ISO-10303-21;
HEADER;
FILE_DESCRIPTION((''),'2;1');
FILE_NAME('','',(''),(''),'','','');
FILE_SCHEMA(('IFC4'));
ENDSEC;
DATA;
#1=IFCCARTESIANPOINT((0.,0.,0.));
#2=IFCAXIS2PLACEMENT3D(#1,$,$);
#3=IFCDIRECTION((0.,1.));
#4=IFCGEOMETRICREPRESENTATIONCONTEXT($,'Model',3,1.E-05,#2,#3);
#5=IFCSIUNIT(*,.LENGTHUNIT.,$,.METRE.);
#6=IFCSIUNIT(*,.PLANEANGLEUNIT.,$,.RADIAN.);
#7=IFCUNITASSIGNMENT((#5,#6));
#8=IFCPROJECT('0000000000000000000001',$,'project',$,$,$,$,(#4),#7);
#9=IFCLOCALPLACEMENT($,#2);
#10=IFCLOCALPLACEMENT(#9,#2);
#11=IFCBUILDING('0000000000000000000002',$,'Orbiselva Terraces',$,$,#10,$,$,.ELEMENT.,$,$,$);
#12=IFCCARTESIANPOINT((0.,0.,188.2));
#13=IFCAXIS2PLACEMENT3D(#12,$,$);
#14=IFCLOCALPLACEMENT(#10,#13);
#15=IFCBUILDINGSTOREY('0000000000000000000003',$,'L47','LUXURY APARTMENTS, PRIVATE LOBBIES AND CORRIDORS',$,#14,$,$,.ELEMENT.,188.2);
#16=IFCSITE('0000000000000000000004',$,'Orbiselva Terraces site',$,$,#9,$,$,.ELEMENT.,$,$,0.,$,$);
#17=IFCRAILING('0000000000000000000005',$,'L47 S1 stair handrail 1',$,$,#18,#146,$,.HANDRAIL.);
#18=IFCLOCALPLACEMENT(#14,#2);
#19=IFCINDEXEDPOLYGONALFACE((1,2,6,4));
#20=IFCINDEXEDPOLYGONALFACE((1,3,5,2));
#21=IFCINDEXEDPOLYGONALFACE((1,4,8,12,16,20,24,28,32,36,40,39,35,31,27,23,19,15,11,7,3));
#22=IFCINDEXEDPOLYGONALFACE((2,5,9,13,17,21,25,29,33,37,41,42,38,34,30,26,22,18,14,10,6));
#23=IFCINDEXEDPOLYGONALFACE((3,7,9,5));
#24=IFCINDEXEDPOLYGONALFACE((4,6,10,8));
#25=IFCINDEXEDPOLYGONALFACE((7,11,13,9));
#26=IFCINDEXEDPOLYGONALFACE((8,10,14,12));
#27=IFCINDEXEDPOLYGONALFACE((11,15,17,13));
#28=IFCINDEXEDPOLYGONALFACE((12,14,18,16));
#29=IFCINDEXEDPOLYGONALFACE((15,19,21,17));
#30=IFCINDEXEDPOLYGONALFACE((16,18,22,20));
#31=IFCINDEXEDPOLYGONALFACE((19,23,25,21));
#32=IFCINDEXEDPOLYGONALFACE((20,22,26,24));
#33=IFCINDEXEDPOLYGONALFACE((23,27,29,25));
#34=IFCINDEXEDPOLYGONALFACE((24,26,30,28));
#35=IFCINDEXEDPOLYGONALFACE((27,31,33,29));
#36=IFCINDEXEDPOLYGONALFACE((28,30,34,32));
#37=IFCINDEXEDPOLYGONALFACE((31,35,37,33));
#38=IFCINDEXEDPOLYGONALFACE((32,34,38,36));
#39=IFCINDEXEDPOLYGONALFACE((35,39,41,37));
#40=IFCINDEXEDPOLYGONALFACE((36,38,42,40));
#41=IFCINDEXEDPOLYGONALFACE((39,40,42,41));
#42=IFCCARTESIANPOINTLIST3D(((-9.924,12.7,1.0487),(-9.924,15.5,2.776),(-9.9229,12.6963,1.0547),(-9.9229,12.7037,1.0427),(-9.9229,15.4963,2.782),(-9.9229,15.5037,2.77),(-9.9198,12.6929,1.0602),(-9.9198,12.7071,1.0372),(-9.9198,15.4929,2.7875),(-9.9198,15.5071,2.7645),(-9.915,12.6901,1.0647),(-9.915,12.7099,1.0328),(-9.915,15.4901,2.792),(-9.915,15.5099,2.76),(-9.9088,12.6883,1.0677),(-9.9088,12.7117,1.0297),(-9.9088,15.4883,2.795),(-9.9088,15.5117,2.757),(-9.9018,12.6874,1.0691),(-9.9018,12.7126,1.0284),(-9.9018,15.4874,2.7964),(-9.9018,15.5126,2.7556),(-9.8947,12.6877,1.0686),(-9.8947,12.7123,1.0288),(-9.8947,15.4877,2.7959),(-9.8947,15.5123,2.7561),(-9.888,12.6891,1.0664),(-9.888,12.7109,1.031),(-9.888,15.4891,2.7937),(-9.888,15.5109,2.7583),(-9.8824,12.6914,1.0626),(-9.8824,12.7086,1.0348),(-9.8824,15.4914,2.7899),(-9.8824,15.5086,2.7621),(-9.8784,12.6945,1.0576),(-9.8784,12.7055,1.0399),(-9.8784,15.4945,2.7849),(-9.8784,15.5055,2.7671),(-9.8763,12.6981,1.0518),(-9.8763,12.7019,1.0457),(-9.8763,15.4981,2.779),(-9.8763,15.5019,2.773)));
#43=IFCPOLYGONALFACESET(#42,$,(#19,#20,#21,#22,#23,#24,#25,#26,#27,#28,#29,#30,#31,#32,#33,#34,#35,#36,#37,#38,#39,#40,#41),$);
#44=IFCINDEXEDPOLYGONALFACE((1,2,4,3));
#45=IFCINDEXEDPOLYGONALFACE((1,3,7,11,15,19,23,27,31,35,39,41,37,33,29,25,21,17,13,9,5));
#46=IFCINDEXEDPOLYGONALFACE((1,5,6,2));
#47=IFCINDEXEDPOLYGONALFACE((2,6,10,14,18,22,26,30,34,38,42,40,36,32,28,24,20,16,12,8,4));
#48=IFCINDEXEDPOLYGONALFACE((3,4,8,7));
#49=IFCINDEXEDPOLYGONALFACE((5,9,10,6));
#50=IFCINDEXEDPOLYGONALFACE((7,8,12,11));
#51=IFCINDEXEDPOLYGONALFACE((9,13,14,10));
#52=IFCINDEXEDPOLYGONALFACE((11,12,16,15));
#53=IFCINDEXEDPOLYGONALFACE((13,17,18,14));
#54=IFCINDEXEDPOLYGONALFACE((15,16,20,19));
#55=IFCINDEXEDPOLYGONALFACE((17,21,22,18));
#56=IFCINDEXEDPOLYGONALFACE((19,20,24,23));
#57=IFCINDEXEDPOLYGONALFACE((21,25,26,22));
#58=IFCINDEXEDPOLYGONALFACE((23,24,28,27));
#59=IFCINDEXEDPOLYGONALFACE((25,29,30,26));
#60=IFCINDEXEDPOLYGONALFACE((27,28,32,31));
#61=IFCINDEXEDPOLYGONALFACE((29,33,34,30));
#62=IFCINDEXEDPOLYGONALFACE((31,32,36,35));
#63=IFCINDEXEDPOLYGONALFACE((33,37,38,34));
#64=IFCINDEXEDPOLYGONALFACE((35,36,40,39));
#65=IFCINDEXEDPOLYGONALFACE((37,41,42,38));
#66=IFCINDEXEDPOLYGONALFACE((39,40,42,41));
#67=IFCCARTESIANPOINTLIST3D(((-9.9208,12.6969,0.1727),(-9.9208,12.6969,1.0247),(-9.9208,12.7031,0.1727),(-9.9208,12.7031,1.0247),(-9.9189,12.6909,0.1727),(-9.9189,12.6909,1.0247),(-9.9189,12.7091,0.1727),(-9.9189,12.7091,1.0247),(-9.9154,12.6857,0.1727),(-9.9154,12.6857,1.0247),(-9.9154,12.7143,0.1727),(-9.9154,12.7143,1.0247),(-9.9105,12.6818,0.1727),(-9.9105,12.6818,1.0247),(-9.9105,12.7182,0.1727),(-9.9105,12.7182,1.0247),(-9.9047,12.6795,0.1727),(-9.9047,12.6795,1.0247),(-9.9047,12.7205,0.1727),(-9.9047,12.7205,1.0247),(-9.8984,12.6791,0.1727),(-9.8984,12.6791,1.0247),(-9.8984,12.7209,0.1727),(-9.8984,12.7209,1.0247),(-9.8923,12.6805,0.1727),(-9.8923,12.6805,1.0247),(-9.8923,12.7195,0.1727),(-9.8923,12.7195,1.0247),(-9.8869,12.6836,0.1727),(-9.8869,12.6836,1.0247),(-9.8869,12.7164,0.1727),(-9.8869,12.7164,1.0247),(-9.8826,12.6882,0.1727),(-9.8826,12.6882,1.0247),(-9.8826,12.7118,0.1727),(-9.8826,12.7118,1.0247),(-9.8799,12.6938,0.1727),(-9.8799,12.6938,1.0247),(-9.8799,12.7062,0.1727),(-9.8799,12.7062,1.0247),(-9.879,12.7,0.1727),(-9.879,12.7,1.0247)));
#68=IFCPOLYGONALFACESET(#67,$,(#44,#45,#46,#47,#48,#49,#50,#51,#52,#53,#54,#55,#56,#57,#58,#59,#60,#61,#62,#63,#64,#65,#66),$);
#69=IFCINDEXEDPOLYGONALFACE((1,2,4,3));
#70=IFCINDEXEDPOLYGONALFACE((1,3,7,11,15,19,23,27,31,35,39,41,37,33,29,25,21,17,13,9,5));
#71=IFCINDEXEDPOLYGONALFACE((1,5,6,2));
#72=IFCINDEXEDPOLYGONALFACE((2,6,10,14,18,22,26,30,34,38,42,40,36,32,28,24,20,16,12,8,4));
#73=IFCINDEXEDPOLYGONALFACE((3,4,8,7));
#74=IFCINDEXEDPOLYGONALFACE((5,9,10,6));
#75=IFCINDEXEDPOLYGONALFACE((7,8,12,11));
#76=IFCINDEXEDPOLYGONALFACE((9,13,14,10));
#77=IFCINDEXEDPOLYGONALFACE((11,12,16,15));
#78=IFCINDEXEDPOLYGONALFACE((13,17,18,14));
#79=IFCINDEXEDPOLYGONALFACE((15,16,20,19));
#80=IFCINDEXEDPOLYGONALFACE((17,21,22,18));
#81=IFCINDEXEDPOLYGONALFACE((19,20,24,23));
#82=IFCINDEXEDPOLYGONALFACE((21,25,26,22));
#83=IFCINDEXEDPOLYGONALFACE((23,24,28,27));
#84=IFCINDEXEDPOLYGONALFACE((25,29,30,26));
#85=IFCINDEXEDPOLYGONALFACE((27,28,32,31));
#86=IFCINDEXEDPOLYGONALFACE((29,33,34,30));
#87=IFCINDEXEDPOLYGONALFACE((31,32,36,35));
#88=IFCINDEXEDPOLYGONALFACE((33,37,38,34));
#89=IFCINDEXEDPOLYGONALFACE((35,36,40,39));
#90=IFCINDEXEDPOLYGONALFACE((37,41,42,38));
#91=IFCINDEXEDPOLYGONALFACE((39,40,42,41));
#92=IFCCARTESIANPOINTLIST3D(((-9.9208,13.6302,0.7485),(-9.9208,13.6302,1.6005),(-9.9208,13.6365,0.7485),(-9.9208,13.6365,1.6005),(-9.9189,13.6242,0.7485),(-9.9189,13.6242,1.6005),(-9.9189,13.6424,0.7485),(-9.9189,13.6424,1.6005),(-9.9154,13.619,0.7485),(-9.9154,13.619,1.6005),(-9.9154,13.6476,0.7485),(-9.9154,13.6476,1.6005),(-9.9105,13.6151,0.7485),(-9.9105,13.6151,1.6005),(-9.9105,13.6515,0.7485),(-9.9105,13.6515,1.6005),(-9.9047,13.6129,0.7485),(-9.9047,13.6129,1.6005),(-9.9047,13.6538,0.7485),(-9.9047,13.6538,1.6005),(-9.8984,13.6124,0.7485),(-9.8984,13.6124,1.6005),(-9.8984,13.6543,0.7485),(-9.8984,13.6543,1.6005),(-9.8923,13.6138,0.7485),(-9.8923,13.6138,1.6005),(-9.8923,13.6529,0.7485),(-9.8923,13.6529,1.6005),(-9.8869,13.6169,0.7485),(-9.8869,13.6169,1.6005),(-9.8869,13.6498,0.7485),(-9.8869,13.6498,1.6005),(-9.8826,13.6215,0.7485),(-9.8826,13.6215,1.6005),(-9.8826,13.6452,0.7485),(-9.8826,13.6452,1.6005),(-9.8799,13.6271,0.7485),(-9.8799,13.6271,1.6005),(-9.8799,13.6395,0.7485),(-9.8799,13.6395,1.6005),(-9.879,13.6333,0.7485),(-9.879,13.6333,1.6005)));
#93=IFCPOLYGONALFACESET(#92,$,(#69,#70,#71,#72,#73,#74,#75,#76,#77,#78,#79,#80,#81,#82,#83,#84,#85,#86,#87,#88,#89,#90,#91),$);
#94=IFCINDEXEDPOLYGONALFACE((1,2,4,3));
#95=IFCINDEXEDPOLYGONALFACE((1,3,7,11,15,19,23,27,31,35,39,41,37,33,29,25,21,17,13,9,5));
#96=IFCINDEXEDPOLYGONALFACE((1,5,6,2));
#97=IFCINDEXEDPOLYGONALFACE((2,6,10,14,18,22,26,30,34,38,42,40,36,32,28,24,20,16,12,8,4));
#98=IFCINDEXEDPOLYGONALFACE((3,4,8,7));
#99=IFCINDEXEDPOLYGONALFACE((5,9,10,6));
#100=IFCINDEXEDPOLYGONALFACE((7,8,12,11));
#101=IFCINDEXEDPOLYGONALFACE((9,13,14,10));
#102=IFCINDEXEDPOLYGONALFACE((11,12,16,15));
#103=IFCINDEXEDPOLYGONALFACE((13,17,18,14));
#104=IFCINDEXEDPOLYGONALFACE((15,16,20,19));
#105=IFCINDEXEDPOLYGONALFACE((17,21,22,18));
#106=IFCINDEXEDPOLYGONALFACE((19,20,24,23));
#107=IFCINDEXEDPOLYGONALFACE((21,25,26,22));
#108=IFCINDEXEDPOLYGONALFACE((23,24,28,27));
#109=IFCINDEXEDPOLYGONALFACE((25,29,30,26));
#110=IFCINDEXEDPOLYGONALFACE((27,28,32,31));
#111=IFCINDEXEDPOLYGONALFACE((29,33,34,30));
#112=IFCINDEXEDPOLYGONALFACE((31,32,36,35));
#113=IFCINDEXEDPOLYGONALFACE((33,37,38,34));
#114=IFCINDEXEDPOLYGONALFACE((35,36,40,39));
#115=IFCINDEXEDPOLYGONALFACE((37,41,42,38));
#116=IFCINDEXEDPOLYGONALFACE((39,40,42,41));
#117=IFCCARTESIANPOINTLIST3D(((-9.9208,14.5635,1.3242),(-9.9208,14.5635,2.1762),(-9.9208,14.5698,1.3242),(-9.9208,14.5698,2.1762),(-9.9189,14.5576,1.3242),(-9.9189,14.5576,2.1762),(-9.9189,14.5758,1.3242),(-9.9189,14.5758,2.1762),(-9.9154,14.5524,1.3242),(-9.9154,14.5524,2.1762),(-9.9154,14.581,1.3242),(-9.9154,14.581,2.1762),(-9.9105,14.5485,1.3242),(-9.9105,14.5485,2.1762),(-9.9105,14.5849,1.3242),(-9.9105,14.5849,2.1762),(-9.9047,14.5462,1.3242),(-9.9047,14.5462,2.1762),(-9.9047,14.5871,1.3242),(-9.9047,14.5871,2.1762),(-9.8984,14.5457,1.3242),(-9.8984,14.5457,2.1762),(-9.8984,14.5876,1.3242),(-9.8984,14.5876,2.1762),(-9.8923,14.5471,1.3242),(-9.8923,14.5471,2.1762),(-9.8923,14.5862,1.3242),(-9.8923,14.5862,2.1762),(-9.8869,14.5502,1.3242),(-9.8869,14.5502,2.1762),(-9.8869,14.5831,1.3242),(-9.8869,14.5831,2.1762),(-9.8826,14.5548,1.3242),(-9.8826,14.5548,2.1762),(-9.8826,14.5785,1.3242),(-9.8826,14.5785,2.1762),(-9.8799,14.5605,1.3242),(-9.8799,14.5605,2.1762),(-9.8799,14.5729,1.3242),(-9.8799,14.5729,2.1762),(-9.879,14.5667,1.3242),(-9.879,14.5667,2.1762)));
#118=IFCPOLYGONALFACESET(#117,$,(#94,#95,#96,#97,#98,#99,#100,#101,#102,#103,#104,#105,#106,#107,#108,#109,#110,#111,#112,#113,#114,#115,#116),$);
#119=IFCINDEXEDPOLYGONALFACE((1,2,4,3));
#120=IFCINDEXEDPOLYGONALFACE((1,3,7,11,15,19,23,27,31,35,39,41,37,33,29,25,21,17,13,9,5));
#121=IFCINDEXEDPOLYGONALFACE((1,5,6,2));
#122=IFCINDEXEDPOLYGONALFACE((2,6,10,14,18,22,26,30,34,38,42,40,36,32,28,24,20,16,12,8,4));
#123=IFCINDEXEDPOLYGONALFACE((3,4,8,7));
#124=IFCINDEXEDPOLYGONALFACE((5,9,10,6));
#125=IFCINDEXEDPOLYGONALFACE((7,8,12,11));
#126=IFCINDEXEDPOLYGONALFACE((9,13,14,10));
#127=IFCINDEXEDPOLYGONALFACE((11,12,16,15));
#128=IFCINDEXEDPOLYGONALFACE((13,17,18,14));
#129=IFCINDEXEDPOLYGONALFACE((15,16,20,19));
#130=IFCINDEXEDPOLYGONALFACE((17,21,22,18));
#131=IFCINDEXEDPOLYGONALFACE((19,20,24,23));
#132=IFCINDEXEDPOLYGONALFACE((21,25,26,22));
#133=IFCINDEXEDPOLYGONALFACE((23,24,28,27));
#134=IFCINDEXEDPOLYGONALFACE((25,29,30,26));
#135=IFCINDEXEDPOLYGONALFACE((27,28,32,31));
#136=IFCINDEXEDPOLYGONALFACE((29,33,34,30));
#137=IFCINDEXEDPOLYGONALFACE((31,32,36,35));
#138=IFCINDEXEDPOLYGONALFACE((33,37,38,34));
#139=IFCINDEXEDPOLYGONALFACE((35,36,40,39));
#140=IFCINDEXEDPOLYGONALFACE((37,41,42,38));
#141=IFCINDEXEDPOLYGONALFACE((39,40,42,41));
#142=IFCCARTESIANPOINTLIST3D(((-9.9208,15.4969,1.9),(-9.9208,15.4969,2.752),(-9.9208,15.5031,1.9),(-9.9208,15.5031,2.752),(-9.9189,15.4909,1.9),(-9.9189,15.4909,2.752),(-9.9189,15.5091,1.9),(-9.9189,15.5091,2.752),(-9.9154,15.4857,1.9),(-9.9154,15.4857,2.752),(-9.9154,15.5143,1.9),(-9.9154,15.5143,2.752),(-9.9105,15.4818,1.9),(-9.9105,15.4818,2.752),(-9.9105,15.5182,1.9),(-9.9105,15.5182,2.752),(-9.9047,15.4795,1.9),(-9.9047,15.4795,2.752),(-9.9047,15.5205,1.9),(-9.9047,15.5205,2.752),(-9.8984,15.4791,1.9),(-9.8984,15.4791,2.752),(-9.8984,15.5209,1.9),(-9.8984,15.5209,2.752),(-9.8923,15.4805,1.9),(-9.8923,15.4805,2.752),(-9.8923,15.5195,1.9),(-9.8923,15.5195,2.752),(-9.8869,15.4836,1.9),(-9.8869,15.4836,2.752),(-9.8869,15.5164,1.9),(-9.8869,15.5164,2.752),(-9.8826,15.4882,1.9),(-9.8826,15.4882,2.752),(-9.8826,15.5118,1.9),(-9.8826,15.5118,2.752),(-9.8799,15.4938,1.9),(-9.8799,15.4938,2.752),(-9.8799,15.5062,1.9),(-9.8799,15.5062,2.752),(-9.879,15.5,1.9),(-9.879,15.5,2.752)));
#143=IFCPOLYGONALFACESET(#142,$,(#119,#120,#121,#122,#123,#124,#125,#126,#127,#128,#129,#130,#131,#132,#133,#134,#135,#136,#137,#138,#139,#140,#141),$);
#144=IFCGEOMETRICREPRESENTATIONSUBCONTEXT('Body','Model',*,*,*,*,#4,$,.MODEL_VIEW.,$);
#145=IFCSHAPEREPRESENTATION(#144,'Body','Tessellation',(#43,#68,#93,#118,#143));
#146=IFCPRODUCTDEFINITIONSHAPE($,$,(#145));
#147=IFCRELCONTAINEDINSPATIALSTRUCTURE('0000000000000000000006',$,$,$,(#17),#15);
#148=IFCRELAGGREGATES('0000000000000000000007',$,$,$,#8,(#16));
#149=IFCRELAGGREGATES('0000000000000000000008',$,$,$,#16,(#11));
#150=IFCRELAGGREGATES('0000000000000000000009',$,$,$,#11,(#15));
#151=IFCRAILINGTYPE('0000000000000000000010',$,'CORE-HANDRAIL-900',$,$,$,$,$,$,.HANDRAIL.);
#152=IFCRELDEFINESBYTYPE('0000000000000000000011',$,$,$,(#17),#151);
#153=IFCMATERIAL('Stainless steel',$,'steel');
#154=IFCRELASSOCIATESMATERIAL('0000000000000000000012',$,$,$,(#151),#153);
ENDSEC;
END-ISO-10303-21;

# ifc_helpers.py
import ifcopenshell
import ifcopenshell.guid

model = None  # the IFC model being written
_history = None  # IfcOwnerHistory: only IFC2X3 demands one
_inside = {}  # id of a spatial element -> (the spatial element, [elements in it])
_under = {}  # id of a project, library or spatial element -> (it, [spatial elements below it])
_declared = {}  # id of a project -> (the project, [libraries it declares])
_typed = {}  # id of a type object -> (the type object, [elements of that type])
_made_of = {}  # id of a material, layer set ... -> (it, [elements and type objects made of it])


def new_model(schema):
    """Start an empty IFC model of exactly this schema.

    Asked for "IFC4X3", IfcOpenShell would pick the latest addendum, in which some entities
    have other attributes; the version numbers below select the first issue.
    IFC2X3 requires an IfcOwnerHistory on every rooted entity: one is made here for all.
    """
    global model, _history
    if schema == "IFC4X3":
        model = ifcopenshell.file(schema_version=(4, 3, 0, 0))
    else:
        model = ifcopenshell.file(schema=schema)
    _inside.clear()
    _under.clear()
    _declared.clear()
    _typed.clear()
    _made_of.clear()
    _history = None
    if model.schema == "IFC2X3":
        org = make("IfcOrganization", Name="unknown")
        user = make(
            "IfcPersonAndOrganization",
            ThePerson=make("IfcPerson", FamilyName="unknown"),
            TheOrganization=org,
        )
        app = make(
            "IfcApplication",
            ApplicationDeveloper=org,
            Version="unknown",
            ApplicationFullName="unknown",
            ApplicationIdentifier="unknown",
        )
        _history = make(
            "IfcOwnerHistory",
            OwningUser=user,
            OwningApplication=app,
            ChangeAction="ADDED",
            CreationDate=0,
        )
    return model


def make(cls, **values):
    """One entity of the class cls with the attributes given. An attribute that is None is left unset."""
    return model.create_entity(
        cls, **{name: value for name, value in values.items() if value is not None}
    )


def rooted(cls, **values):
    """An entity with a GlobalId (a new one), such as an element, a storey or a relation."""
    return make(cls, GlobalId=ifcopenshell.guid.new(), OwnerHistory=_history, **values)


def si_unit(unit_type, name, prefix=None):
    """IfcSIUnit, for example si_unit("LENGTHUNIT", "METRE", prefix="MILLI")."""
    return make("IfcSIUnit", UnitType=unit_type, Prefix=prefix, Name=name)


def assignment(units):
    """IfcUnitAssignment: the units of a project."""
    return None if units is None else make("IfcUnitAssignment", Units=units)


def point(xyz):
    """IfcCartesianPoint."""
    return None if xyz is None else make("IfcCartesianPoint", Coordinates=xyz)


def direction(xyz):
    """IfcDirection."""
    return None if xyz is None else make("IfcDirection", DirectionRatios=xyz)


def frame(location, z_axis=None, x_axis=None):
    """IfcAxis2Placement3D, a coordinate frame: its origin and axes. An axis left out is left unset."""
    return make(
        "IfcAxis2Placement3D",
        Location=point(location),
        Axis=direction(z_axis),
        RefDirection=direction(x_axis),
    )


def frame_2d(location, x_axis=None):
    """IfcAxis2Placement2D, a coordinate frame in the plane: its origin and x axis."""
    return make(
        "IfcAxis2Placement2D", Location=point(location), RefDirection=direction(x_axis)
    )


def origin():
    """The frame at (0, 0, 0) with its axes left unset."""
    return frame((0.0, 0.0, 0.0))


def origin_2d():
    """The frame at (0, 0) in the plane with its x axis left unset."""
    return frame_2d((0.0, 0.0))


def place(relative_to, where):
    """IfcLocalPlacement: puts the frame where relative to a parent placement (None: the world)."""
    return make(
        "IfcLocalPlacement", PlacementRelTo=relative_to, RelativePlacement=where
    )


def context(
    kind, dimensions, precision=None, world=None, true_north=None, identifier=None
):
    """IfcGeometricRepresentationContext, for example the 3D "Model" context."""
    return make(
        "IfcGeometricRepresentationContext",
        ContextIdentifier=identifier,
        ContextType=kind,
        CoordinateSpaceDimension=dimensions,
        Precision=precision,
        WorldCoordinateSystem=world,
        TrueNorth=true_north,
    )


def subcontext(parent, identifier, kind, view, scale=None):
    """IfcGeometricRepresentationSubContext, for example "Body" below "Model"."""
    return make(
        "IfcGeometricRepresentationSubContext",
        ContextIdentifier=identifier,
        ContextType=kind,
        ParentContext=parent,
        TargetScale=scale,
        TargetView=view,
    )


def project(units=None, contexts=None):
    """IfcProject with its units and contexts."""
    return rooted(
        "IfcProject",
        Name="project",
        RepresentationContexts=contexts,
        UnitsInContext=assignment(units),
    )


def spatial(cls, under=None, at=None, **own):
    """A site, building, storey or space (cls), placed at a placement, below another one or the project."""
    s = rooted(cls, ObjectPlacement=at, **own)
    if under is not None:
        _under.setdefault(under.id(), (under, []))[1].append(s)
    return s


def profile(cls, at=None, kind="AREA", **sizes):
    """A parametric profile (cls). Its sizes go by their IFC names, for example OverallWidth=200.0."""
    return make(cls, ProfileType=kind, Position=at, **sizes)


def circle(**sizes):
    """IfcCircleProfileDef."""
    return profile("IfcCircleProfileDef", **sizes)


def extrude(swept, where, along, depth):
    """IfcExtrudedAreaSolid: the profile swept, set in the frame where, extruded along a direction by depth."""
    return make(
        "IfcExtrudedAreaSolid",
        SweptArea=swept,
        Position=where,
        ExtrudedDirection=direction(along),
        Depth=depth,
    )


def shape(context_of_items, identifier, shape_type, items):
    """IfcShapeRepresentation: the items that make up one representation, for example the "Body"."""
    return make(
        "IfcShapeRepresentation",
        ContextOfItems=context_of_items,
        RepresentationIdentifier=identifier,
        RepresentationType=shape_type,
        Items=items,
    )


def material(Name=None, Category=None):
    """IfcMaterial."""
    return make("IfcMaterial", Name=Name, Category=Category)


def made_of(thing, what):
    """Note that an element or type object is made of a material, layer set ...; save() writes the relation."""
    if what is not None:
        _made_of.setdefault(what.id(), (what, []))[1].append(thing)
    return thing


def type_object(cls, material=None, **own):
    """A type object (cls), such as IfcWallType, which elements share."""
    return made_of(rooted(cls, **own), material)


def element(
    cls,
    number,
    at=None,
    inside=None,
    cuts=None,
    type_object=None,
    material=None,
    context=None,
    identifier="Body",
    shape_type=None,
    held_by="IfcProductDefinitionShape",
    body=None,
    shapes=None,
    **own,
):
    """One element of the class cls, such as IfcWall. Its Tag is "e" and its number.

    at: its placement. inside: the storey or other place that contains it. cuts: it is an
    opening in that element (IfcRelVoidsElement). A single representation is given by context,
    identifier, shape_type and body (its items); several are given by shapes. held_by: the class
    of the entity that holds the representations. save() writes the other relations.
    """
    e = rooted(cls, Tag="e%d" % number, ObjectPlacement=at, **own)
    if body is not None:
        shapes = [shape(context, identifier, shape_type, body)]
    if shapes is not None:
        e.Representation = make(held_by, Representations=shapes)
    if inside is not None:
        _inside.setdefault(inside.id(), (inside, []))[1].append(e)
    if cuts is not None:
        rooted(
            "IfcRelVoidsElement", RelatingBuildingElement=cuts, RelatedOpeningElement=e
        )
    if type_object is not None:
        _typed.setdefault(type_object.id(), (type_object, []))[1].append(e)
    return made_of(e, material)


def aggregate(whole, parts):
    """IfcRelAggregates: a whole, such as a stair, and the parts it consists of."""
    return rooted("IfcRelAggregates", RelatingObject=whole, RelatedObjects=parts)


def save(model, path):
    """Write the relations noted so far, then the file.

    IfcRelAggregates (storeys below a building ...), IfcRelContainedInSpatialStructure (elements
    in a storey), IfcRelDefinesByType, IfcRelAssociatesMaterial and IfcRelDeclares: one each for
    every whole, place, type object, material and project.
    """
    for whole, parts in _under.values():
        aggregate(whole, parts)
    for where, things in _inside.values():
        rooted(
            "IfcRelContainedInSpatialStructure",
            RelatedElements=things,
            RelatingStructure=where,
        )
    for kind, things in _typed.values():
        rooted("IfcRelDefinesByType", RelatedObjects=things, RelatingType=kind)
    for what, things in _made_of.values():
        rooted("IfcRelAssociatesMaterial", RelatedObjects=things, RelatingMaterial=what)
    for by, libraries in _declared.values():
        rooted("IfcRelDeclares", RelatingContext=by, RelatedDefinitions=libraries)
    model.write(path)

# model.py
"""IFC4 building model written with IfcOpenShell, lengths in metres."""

from ifc_helpers import new_model, si_unit, direction, frame, origin, origin_2d, place, context, subcontext, project, spatial, circle, extrude, material, type_object, element, save


model = new_model("IFC4")

# Units and contexts
model_context = context("Model", 3, precision=1e-05, world=origin(), true_north=direction((0.0, 1.0)))
body_context = subcontext(model_context, "Body", "Model", "MODEL_VIEW")
ifc_project = project(units=[si_unit("LENGTHUNIT", "METRE"), si_unit("PLANEANGLEUNIT", "RADIAN")], contexts=[model_context])

# Site, building, storey
site_placement = place(None, origin())
site = spatial("IfcSite", under=ifc_project, at=site_placement, Name="Orbiselva Terraces site", CompositionType="ELEMENT", RefElevation=0.0)
building_placement = place(site_placement, origin())
building = spatial("IfcBuilding", under=site, at=building_placement, Name="Orbiselva Terraces", CompositionType="ELEMENT")
storey_placement = place(building_placement, frame((0.0, 0.0, 188.2)))
storey = spatial("IfcBuildingStorey", under=building, at=storey_placement, Name="L47", Description="LUXURY APARTMENTS, PRIVATE LOBBIES AND CORRIDORS", CompositionType="ELEMENT", Elevation=188.2)

# Railing
ifc_material_1 = material(Name="Stainless steel", Category="steel")
railing_type_1 = type_object("IfcRailingType", Name="CORE-HANDRAIL-900", PredefinedType="HANDRAIL", material=ifc_material_1)
railing_1_placement = place(storey_placement, frame((-9.9, 12.7, 0.1727)))
element("IfcRailing", 1, at=railing_1_placement, inside=storey, type_object=railing_type_1, Name="L47 S1 stair handrail 1", PredefinedType="HANDRAIL", context=body_context, shape_type="SweptSolid", body=[
    extrude(circle(Radius=0.024, at=origin_2d()), frame((0.0, 0.0, 0.876), z_axis=(0.0, 0.851089, 0.525022), x_axis=(-1.0, 0.0, 0.0)), (0.0, 0.0, 1.0), 3.2899),
    extrude(circle(Radius=0.021, at=origin_2d()), origin(), (0.0, 0.0, 1.0), 0.852),
    extrude(circle(Radius=0.021, at=origin_2d()), frame((0.0, 0.9333, 0.5758)), (0.0, 0.0, 1.0), 0.852),
    extrude(circle(Radius=0.021, at=origin_2d()), frame((0.0, 1.8667, 1.1515)), (0.0, 0.0, 1.0), 0.852),
    extrude(circle(Radius=0.021, at=origin_2d()), frame((0.0, 2.8, 1.7273)), (0.0, 0.0, 1.0), 0.852),
])

save(model, "model.ifc")
